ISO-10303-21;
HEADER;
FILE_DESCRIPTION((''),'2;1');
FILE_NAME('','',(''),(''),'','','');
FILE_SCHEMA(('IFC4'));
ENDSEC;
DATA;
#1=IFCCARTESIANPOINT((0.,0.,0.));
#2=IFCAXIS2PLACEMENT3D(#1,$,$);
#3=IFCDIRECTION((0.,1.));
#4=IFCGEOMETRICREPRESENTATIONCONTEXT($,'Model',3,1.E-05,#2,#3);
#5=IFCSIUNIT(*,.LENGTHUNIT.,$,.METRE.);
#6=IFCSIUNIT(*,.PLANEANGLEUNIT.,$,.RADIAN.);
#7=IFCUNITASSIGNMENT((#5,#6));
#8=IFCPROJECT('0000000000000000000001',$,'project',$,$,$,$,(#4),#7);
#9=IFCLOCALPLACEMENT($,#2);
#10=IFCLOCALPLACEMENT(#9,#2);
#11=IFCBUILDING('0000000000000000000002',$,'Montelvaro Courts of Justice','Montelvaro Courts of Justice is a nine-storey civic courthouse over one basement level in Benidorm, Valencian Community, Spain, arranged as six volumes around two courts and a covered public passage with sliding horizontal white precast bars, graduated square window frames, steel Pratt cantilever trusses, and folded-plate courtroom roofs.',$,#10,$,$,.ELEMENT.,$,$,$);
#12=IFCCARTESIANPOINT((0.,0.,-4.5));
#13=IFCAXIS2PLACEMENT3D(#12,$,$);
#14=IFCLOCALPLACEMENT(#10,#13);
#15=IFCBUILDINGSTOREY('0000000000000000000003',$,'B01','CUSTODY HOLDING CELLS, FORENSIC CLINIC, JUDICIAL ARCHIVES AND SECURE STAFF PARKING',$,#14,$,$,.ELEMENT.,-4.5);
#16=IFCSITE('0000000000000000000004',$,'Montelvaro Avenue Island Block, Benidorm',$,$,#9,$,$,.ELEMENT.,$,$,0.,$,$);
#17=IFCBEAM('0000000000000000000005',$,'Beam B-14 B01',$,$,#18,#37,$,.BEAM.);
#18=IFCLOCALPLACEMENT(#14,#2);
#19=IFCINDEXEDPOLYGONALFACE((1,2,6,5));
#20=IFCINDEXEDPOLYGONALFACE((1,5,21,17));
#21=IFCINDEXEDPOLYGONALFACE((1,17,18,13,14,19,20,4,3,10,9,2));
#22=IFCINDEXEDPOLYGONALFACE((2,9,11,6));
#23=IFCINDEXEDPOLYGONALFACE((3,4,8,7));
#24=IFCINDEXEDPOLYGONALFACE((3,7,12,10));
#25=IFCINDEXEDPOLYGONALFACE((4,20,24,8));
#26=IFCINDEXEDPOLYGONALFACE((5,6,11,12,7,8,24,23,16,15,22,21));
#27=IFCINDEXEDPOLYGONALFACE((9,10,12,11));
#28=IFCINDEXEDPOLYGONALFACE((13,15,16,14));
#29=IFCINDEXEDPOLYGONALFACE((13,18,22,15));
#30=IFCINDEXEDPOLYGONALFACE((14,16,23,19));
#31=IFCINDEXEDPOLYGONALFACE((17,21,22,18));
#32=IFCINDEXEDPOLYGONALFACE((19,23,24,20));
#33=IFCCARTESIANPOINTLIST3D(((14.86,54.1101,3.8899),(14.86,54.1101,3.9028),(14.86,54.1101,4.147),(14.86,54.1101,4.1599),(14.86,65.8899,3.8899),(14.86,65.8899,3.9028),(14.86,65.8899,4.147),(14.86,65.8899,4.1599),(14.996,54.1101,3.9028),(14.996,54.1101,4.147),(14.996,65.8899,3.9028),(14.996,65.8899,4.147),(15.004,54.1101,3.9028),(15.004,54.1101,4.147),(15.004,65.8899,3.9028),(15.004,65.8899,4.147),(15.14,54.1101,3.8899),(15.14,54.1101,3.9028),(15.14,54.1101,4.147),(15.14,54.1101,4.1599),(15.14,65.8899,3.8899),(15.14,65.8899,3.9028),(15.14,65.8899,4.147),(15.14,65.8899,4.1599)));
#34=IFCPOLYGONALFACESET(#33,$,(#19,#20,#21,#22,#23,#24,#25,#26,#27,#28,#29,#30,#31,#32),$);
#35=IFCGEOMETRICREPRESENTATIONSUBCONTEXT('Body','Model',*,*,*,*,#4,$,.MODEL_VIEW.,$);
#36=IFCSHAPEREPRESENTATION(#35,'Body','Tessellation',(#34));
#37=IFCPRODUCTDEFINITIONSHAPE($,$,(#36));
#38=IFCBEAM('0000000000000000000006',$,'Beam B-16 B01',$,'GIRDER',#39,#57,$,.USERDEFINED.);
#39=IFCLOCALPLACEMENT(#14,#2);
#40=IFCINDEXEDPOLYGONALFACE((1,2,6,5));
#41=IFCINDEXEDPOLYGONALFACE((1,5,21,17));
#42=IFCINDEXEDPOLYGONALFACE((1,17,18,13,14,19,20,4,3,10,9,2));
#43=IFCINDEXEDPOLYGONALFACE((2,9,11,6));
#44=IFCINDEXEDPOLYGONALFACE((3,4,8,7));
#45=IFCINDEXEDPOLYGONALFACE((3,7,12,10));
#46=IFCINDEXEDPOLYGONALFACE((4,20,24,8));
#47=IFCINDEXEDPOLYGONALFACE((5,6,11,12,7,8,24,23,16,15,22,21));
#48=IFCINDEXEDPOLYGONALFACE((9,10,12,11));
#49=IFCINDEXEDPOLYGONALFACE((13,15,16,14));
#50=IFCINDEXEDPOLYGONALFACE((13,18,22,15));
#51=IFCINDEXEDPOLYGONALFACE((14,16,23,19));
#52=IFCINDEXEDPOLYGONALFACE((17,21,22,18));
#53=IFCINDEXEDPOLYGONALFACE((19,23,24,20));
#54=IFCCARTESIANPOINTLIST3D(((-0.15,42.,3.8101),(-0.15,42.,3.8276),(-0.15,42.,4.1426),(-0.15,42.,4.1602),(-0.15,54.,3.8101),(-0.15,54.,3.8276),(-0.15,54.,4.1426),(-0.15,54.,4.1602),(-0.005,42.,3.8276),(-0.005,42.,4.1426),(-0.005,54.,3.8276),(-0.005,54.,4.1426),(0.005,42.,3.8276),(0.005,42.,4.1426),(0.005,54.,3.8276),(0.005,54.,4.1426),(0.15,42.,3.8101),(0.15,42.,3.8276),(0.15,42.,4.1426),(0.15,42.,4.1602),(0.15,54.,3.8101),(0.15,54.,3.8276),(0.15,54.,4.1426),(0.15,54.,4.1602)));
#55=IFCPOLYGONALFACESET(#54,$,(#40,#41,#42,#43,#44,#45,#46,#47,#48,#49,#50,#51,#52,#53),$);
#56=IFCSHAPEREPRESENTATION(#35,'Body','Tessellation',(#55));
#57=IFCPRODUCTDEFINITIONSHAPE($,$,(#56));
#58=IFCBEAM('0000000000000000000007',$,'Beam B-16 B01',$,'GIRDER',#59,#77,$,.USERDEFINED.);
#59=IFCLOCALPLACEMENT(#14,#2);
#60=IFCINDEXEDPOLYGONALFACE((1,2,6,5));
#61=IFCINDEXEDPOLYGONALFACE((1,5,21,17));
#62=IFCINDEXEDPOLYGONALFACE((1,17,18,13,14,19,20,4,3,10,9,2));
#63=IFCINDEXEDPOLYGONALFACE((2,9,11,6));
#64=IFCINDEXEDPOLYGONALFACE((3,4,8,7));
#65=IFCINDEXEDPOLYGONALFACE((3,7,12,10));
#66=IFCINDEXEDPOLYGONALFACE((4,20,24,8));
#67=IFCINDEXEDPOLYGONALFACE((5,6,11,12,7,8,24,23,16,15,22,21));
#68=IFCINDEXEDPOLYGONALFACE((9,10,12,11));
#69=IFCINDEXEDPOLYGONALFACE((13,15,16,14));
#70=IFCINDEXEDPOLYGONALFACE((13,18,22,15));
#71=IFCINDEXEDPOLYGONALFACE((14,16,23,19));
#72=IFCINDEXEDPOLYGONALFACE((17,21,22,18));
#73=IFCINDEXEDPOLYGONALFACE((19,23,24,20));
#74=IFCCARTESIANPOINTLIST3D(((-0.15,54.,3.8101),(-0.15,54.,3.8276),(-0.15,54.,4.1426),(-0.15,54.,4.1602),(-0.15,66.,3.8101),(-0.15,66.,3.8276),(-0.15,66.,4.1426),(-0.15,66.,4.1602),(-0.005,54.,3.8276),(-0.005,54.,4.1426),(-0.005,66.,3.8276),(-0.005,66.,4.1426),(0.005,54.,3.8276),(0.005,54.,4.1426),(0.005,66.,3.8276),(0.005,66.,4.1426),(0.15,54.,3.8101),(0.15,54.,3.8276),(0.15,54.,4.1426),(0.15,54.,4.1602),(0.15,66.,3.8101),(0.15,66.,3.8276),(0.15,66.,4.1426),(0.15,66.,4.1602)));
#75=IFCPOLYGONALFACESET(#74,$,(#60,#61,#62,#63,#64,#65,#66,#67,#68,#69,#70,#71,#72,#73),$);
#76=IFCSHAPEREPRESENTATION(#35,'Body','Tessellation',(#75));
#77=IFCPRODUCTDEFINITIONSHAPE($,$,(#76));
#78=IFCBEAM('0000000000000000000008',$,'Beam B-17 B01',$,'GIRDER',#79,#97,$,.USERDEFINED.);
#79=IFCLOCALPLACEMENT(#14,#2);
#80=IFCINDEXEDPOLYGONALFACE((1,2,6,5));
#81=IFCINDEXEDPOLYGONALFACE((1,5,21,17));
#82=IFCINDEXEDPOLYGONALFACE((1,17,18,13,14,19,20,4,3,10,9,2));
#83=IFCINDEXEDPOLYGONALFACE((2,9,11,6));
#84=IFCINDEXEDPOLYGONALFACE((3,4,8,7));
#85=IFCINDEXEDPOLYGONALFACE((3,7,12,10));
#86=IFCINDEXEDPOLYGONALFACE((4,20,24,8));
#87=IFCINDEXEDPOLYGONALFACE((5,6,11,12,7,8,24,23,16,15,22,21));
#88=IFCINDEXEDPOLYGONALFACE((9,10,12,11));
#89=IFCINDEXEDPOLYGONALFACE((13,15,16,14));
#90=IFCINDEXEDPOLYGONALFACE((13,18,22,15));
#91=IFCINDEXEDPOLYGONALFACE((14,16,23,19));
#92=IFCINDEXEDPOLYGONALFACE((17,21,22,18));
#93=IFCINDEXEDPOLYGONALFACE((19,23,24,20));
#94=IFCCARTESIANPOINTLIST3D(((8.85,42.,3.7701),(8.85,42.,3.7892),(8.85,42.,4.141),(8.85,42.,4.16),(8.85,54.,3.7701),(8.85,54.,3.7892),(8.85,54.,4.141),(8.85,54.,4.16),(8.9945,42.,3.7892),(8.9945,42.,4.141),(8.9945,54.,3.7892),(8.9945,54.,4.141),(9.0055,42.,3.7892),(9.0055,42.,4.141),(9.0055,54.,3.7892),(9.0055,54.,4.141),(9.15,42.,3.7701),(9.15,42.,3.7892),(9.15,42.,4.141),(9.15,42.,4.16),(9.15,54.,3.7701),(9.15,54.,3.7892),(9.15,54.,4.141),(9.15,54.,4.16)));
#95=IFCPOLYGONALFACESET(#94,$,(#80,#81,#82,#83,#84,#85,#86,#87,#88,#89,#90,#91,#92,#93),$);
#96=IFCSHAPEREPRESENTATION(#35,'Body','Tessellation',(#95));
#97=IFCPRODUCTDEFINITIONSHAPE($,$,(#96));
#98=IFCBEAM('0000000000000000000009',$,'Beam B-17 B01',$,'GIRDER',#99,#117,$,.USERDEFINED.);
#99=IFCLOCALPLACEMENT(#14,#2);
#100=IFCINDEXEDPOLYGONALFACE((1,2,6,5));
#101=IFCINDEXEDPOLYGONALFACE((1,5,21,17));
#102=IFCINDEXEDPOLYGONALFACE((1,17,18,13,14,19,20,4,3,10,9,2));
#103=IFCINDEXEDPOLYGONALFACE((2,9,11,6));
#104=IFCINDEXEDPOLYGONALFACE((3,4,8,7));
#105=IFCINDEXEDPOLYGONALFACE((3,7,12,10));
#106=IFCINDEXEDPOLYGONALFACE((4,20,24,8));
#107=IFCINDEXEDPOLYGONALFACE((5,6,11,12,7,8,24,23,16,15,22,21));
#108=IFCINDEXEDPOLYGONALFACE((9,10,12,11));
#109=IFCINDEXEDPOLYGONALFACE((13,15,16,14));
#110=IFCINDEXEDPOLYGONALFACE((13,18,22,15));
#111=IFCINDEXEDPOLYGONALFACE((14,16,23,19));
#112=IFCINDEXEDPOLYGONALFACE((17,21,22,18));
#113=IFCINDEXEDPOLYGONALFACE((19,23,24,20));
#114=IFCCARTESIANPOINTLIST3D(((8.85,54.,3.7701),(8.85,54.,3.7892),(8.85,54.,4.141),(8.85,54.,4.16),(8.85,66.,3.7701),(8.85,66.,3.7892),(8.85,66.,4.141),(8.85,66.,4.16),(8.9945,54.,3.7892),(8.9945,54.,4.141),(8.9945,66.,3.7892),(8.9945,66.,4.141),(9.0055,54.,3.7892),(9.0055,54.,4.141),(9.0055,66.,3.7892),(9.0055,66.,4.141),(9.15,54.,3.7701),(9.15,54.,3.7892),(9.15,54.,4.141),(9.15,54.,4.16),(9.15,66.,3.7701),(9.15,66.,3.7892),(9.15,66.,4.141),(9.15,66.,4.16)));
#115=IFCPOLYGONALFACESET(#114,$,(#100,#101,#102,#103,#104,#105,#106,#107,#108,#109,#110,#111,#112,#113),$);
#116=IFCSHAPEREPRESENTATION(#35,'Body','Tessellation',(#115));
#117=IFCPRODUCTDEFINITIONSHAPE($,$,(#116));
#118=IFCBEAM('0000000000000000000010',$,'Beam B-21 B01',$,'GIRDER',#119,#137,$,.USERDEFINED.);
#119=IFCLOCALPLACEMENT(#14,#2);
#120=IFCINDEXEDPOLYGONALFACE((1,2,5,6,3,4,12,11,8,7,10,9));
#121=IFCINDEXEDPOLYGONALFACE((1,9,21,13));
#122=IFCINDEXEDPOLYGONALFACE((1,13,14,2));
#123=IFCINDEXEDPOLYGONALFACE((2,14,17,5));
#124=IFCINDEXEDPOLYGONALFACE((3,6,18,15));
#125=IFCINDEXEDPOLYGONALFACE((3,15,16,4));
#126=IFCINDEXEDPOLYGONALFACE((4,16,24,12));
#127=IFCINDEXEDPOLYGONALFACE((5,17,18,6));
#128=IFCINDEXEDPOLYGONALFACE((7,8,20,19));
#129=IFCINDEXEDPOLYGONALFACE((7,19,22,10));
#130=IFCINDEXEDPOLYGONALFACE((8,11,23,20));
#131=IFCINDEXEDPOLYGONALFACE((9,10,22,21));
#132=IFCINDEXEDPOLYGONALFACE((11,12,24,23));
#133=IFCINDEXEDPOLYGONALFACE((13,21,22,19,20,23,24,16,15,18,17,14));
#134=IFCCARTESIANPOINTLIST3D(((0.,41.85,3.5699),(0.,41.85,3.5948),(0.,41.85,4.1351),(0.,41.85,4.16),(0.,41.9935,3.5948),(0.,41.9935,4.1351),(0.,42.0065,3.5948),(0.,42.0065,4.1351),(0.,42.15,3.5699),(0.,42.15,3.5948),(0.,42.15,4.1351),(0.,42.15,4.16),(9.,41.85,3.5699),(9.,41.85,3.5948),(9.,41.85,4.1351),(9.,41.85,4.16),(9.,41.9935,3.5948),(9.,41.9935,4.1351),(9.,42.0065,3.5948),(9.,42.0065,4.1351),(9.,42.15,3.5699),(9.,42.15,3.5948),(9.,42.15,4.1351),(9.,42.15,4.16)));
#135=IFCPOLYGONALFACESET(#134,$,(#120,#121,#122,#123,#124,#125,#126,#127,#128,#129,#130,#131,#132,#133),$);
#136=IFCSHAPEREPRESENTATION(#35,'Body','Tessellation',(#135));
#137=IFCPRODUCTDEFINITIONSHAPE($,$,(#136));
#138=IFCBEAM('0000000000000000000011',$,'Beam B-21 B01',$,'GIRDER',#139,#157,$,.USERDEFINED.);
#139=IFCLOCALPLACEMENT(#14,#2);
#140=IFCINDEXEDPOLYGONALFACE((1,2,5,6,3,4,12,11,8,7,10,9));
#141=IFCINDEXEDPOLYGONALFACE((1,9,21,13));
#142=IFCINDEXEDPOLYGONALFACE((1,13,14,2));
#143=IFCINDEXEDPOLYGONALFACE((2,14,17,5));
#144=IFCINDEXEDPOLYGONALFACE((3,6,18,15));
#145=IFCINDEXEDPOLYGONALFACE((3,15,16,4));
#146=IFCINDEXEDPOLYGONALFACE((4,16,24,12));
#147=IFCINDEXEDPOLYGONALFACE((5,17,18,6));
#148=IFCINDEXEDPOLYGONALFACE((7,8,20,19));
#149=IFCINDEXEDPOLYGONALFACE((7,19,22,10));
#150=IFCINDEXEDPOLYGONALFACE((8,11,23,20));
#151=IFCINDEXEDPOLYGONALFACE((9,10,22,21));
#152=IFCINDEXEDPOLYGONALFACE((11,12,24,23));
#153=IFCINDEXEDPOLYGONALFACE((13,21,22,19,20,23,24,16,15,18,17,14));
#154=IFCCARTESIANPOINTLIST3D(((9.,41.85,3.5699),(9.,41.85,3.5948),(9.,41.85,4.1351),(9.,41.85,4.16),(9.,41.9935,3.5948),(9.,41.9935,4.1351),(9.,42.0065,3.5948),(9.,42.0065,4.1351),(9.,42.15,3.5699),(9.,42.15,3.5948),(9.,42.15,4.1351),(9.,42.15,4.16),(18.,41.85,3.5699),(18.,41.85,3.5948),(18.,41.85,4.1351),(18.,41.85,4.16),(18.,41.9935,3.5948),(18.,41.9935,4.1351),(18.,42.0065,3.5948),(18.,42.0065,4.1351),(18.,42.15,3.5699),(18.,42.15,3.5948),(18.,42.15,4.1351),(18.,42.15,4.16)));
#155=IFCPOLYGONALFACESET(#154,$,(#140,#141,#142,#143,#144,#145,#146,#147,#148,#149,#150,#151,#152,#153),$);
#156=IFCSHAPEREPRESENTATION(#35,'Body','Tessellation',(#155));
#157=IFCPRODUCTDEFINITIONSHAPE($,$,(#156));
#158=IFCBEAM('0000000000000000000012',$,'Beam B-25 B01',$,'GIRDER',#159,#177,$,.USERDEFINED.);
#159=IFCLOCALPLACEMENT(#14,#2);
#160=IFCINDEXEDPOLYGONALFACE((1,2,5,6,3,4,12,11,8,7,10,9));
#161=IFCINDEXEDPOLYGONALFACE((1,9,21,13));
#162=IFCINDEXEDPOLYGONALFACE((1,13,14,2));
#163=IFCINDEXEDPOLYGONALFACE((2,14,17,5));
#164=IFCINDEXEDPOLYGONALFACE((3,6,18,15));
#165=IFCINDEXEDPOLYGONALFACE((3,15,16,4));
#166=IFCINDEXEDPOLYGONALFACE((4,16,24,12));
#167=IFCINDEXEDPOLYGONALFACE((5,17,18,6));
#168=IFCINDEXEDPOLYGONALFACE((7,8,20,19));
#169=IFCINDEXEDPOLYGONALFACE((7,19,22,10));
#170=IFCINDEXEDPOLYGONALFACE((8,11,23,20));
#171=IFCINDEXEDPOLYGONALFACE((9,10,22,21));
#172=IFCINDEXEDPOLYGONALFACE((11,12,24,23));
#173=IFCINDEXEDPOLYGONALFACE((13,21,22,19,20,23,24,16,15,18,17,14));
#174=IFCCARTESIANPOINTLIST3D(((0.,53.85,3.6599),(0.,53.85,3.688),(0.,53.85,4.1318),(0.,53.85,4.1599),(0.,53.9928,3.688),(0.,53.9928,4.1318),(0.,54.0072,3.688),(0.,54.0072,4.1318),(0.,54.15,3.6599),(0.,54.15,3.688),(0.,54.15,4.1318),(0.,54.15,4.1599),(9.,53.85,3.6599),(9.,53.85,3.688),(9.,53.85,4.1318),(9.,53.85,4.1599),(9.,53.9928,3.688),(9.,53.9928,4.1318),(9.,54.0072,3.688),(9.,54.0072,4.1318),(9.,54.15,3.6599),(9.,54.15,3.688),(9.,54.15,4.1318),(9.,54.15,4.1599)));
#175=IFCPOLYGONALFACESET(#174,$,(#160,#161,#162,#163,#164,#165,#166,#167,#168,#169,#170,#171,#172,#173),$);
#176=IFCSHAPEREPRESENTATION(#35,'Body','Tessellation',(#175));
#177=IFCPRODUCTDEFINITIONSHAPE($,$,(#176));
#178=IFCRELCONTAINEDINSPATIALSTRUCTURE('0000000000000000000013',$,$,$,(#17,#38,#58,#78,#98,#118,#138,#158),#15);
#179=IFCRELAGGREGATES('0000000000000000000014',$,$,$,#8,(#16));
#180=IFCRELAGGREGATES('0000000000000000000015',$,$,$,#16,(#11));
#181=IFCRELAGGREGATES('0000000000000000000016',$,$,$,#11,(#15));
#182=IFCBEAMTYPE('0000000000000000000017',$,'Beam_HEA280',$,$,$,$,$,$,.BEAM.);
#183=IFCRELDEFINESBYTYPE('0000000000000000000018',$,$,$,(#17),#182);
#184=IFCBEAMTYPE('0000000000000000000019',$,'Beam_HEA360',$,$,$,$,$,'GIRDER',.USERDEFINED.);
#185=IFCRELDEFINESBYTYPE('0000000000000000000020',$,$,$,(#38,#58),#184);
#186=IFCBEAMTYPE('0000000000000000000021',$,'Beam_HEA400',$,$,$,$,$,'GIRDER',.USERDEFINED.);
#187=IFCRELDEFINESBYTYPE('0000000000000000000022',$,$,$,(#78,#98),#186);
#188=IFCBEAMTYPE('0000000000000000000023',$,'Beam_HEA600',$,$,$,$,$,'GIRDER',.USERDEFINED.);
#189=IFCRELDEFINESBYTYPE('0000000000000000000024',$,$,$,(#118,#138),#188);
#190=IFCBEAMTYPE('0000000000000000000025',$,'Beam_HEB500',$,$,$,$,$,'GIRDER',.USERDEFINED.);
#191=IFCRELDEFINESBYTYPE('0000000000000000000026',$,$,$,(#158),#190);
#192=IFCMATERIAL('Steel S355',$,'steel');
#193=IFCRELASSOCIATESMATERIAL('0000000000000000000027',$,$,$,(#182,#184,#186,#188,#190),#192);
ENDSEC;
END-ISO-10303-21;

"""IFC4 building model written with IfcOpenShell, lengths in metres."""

from ifc_helpers import new_model, si_unit, direction, frame, origin, origin_2d, place, context, subcontext, project, spatial, i_section, extrude, material, material_profile, profile_set, type_object, element, save


model = new_model("IFC4")

# Units and contexts
model_context = context("Model", 3, precision=1e-05, world=origin(), true_north=direction((0.0, 1.0)))
body_context = subcontext(model_context, "Body", "Model", "MODEL_VIEW")
ifc_project = project(units=[si_unit("LENGTHUNIT", "METRE"), si_unit("PLANEANGLEUNIT", "RADIAN")], contexts=[model_context])

# Site, building, storey
site_placement = place(None, origin())
site = spatial("IfcSite", under=ifc_project, at=site_placement, Name="Montelvaro Avenue Island Block, Benidorm", CompositionType="ELEMENT", RefElevation=0.0)
building_placement = place(site_placement, origin())
building = spatial("IfcBuilding", under=site, at=building_placement, Name="Montelvaro Courts of Justice", Description="Montelvaro Courts of Justice is a nine-storey civic courthouse over one basement level in Benidorm, Valencian Community, Spain, arranged as six volumes around two courts and a covered public passage with sliding horizontal white precast bars, graduated square window frames, steel Pratt cantilever trusses, and folded-plate courtroom roofs.", CompositionType="ELEMENT")
storey_placement = place(building_placement, frame((0.0, 0.0, -4.5)))
storey = spatial("IfcBuildingStorey", under=building, at=storey_placement, Name="B01", Description="CUSTODY HOLDING CELLS, FORENSIC CLINIC, JUDICIAL ARCHIVES AND SECURE STAFF PARKING", CompositionType="ELEMENT", Elevation=-4.5)

# Beams
ifc_material_1 = material(Name="Steel S355", Category="steel")
ifc_material_profile_1 = material_profile(ifc_material_1, i_section(OverallWidth=0.28, OverallDepth=0.27, WebThickness=0.0081, FlangeThickness=0.0129, at=origin_2d()), Name="HEA 280")
ifc_profile_set_1 = profile_set([ifc_material_profile_1], Name="Steel S355")
beam_type_1 = type_object("IfcBeamType", Name="Beam_HEA280", PredefinedType="BEAM", material=ifc_profile_set_1)
beam_1_placement = place(storey_placement, frame((15.0, 54.1101, 4.0249), z_axis=(0.0, 1.0, 0.0), x_axis=(-1.0, 0.0, 0.0)))
element("IfcBeam", 1, at=beam_1_placement, inside=storey, type_object=beam_type_1, Name="Beam B-14 B01", PredefinedType="BEAM", context=body_context, shape_type="SweptSolid", body=[
    extrude(i_section(OverallWidth=0.28, OverallDepth=0.27, WebThickness=0.0081, FlangeThickness=0.0129, at=origin_2d()), origin(), (0.0, 0.0, 1.0), 11.7798),
])
ifc_material_profile_2 = material_profile(ifc_material_1, i_section(OverallWidth=0.3, OverallDepth=0.3501, WebThickness=0.01, FlangeThickness=0.0176, at=origin_2d()), Name="HEA 360")
ifc_profile_set_2 = profile_set([ifc_material_profile_2], Name="Steel S355")
beam_type_2 = type_object("IfcBeamType", Name="Beam_HEA360", ElementType="GIRDER", PredefinedType="USERDEFINED", material=ifc_profile_set_2)
for number, where, z_axis, x_axis, name in (
    (2, (0.0, 42.0, 3.9851), (0.0, 1.0, 0.0), (-1.0, 0.0, 0.0), "Beam B-16 B01"),
    (3, (0.0, 54.0, 3.9851), (0.0, 1.0, 0.0), (-1.0, 0.0, 0.0), "Beam B-16 B01"),
):
    element("IfcBeam", number, at=place(storey_placement, frame(where, z_axis=z_axis, x_axis=x_axis)), inside=storey, type_object=beam_type_2, Name=name, ObjectType="GIRDER", PredefinedType="USERDEFINED", context=body_context, shape_type="SweptSolid", body=[
        extrude(i_section(OverallWidth=0.3, OverallDepth=0.3501, WebThickness=0.01, FlangeThickness=0.0176, at=origin_2d()), origin(), (0.0, 0.0, 1.0), 12.0),
    ])
ifc_material_profile_3 = material_profile(ifc_material_1, i_section(OverallWidth=0.3, OverallDepth=0.3899, WebThickness=0.011, FlangeThickness=0.019, at=origin_2d()), Name="HEA 400")
ifc_profile_set_3 = profile_set([ifc_material_profile_3], Name="Steel S355")
beam_type_3 = type_object("IfcBeamType", Name="Beam_HEA400", ElementType="GIRDER", PredefinedType="USERDEFINED", material=ifc_profile_set_3)
for number, where, z_axis, x_axis, name in (
    (4, (9.0, 42.0, 3.9651), (0.0, 1.0, 0.0), (-1.0, 0.0, 0.0), "Beam B-17 B01"),
    (5, (9.0, 54.0, 3.9651), (0.0, 1.0, 0.0), (-1.0, 0.0, 0.0), "Beam B-17 B01"),
):
    element("IfcBeam", number, at=place(storey_placement, frame(where, z_axis=z_axis, x_axis=x_axis)), inside=storey, type_object=beam_type_3, Name=name, ObjectType="GIRDER", PredefinedType="USERDEFINED", context=body_context, shape_type="SweptSolid", body=[
        extrude(i_section(OverallWidth=0.3, OverallDepth=0.3899, WebThickness=0.011, FlangeThickness=0.019, at=origin_2d()), origin(), (0.0, 0.0, 1.0), 12.0),
    ])
ifc_material_profile_4 = material_profile(ifc_material_1, i_section(OverallWidth=0.3, OverallDepth=0.5901, WebThickness=0.0129, FlangeThickness=0.0249, at=origin_2d()), Name="HEA 600")
ifc_profile_set_4 = profile_set([ifc_material_profile_4], Name="Steel S355")
beam_type_4 = type_object("IfcBeamType", Name="Beam_HEA600", ElementType="GIRDER", PredefinedType="USERDEFINED", material=ifc_profile_set_4)
for number, where, z_axis, x_axis, name in (
    (6, (0.0, 42.0, 3.865), (1.0, 0.0, 0.0), (0.0, 1.0, 0.0), "Beam B-21 B01"),
    (7, (9.0, 42.0, 3.865), (1.0, 0.0, 0.0), (0.0, 1.0, 0.0), "Beam B-21 B01"),
):
    element("IfcBeam", number, at=place(storey_placement, frame(where, z_axis=z_axis, x_axis=x_axis)), inside=storey, type_object=beam_type_4, Name=name, ObjectType="GIRDER", PredefinedType="USERDEFINED", context=body_context, shape_type="SweptSolid", body=[
        extrude(i_section(OverallWidth=0.3, OverallDepth=0.5901, WebThickness=0.0129, FlangeThickness=0.0249, at=origin_2d()), origin(), (0.0, 0.0, 1.0), 9.0),
    ])
ifc_material_profile_5 = material_profile(ifc_material_1, i_section(OverallWidth=0.3, OverallDepth=0.5, WebThickness=0.0144, FlangeThickness=0.0281, at=origin_2d()), Name="HEB 500")
ifc_profile_set_5 = profile_set([ifc_material_profile_5], Name="Steel S355")
beam_type_5 = type_object("IfcBeamType", Name="Beam_HEB500", ElementType="GIRDER", PredefinedType="USERDEFINED", material=ifc_profile_set_5)
for number, where, z_axis, x_axis, name in (
    (8, (0.0, 54.0, 3.9099), (1.0, 0.0, 0.0), (0.0, 1.0, 0.0), "Beam B-25 B01"),
):
    element("IfcBeam", number, at=place(storey_placement, frame(where, z_axis=z_axis, x_axis=x_axis)), inside=storey, type_object=beam_type_5, Name=name, ObjectType="GIRDER", PredefinedType="USERDEFINED", context=body_context, shape_type="SweptSolid", body=[
        extrude(i_section(OverallWidth=0.3, OverallDepth=0.5, WebThickness=0.0144, FlangeThickness=0.0281, at=origin_2d()), origin(), (0.0, 0.0, 1.0), 9.0),
    ])

save(model, "model.ifc")
